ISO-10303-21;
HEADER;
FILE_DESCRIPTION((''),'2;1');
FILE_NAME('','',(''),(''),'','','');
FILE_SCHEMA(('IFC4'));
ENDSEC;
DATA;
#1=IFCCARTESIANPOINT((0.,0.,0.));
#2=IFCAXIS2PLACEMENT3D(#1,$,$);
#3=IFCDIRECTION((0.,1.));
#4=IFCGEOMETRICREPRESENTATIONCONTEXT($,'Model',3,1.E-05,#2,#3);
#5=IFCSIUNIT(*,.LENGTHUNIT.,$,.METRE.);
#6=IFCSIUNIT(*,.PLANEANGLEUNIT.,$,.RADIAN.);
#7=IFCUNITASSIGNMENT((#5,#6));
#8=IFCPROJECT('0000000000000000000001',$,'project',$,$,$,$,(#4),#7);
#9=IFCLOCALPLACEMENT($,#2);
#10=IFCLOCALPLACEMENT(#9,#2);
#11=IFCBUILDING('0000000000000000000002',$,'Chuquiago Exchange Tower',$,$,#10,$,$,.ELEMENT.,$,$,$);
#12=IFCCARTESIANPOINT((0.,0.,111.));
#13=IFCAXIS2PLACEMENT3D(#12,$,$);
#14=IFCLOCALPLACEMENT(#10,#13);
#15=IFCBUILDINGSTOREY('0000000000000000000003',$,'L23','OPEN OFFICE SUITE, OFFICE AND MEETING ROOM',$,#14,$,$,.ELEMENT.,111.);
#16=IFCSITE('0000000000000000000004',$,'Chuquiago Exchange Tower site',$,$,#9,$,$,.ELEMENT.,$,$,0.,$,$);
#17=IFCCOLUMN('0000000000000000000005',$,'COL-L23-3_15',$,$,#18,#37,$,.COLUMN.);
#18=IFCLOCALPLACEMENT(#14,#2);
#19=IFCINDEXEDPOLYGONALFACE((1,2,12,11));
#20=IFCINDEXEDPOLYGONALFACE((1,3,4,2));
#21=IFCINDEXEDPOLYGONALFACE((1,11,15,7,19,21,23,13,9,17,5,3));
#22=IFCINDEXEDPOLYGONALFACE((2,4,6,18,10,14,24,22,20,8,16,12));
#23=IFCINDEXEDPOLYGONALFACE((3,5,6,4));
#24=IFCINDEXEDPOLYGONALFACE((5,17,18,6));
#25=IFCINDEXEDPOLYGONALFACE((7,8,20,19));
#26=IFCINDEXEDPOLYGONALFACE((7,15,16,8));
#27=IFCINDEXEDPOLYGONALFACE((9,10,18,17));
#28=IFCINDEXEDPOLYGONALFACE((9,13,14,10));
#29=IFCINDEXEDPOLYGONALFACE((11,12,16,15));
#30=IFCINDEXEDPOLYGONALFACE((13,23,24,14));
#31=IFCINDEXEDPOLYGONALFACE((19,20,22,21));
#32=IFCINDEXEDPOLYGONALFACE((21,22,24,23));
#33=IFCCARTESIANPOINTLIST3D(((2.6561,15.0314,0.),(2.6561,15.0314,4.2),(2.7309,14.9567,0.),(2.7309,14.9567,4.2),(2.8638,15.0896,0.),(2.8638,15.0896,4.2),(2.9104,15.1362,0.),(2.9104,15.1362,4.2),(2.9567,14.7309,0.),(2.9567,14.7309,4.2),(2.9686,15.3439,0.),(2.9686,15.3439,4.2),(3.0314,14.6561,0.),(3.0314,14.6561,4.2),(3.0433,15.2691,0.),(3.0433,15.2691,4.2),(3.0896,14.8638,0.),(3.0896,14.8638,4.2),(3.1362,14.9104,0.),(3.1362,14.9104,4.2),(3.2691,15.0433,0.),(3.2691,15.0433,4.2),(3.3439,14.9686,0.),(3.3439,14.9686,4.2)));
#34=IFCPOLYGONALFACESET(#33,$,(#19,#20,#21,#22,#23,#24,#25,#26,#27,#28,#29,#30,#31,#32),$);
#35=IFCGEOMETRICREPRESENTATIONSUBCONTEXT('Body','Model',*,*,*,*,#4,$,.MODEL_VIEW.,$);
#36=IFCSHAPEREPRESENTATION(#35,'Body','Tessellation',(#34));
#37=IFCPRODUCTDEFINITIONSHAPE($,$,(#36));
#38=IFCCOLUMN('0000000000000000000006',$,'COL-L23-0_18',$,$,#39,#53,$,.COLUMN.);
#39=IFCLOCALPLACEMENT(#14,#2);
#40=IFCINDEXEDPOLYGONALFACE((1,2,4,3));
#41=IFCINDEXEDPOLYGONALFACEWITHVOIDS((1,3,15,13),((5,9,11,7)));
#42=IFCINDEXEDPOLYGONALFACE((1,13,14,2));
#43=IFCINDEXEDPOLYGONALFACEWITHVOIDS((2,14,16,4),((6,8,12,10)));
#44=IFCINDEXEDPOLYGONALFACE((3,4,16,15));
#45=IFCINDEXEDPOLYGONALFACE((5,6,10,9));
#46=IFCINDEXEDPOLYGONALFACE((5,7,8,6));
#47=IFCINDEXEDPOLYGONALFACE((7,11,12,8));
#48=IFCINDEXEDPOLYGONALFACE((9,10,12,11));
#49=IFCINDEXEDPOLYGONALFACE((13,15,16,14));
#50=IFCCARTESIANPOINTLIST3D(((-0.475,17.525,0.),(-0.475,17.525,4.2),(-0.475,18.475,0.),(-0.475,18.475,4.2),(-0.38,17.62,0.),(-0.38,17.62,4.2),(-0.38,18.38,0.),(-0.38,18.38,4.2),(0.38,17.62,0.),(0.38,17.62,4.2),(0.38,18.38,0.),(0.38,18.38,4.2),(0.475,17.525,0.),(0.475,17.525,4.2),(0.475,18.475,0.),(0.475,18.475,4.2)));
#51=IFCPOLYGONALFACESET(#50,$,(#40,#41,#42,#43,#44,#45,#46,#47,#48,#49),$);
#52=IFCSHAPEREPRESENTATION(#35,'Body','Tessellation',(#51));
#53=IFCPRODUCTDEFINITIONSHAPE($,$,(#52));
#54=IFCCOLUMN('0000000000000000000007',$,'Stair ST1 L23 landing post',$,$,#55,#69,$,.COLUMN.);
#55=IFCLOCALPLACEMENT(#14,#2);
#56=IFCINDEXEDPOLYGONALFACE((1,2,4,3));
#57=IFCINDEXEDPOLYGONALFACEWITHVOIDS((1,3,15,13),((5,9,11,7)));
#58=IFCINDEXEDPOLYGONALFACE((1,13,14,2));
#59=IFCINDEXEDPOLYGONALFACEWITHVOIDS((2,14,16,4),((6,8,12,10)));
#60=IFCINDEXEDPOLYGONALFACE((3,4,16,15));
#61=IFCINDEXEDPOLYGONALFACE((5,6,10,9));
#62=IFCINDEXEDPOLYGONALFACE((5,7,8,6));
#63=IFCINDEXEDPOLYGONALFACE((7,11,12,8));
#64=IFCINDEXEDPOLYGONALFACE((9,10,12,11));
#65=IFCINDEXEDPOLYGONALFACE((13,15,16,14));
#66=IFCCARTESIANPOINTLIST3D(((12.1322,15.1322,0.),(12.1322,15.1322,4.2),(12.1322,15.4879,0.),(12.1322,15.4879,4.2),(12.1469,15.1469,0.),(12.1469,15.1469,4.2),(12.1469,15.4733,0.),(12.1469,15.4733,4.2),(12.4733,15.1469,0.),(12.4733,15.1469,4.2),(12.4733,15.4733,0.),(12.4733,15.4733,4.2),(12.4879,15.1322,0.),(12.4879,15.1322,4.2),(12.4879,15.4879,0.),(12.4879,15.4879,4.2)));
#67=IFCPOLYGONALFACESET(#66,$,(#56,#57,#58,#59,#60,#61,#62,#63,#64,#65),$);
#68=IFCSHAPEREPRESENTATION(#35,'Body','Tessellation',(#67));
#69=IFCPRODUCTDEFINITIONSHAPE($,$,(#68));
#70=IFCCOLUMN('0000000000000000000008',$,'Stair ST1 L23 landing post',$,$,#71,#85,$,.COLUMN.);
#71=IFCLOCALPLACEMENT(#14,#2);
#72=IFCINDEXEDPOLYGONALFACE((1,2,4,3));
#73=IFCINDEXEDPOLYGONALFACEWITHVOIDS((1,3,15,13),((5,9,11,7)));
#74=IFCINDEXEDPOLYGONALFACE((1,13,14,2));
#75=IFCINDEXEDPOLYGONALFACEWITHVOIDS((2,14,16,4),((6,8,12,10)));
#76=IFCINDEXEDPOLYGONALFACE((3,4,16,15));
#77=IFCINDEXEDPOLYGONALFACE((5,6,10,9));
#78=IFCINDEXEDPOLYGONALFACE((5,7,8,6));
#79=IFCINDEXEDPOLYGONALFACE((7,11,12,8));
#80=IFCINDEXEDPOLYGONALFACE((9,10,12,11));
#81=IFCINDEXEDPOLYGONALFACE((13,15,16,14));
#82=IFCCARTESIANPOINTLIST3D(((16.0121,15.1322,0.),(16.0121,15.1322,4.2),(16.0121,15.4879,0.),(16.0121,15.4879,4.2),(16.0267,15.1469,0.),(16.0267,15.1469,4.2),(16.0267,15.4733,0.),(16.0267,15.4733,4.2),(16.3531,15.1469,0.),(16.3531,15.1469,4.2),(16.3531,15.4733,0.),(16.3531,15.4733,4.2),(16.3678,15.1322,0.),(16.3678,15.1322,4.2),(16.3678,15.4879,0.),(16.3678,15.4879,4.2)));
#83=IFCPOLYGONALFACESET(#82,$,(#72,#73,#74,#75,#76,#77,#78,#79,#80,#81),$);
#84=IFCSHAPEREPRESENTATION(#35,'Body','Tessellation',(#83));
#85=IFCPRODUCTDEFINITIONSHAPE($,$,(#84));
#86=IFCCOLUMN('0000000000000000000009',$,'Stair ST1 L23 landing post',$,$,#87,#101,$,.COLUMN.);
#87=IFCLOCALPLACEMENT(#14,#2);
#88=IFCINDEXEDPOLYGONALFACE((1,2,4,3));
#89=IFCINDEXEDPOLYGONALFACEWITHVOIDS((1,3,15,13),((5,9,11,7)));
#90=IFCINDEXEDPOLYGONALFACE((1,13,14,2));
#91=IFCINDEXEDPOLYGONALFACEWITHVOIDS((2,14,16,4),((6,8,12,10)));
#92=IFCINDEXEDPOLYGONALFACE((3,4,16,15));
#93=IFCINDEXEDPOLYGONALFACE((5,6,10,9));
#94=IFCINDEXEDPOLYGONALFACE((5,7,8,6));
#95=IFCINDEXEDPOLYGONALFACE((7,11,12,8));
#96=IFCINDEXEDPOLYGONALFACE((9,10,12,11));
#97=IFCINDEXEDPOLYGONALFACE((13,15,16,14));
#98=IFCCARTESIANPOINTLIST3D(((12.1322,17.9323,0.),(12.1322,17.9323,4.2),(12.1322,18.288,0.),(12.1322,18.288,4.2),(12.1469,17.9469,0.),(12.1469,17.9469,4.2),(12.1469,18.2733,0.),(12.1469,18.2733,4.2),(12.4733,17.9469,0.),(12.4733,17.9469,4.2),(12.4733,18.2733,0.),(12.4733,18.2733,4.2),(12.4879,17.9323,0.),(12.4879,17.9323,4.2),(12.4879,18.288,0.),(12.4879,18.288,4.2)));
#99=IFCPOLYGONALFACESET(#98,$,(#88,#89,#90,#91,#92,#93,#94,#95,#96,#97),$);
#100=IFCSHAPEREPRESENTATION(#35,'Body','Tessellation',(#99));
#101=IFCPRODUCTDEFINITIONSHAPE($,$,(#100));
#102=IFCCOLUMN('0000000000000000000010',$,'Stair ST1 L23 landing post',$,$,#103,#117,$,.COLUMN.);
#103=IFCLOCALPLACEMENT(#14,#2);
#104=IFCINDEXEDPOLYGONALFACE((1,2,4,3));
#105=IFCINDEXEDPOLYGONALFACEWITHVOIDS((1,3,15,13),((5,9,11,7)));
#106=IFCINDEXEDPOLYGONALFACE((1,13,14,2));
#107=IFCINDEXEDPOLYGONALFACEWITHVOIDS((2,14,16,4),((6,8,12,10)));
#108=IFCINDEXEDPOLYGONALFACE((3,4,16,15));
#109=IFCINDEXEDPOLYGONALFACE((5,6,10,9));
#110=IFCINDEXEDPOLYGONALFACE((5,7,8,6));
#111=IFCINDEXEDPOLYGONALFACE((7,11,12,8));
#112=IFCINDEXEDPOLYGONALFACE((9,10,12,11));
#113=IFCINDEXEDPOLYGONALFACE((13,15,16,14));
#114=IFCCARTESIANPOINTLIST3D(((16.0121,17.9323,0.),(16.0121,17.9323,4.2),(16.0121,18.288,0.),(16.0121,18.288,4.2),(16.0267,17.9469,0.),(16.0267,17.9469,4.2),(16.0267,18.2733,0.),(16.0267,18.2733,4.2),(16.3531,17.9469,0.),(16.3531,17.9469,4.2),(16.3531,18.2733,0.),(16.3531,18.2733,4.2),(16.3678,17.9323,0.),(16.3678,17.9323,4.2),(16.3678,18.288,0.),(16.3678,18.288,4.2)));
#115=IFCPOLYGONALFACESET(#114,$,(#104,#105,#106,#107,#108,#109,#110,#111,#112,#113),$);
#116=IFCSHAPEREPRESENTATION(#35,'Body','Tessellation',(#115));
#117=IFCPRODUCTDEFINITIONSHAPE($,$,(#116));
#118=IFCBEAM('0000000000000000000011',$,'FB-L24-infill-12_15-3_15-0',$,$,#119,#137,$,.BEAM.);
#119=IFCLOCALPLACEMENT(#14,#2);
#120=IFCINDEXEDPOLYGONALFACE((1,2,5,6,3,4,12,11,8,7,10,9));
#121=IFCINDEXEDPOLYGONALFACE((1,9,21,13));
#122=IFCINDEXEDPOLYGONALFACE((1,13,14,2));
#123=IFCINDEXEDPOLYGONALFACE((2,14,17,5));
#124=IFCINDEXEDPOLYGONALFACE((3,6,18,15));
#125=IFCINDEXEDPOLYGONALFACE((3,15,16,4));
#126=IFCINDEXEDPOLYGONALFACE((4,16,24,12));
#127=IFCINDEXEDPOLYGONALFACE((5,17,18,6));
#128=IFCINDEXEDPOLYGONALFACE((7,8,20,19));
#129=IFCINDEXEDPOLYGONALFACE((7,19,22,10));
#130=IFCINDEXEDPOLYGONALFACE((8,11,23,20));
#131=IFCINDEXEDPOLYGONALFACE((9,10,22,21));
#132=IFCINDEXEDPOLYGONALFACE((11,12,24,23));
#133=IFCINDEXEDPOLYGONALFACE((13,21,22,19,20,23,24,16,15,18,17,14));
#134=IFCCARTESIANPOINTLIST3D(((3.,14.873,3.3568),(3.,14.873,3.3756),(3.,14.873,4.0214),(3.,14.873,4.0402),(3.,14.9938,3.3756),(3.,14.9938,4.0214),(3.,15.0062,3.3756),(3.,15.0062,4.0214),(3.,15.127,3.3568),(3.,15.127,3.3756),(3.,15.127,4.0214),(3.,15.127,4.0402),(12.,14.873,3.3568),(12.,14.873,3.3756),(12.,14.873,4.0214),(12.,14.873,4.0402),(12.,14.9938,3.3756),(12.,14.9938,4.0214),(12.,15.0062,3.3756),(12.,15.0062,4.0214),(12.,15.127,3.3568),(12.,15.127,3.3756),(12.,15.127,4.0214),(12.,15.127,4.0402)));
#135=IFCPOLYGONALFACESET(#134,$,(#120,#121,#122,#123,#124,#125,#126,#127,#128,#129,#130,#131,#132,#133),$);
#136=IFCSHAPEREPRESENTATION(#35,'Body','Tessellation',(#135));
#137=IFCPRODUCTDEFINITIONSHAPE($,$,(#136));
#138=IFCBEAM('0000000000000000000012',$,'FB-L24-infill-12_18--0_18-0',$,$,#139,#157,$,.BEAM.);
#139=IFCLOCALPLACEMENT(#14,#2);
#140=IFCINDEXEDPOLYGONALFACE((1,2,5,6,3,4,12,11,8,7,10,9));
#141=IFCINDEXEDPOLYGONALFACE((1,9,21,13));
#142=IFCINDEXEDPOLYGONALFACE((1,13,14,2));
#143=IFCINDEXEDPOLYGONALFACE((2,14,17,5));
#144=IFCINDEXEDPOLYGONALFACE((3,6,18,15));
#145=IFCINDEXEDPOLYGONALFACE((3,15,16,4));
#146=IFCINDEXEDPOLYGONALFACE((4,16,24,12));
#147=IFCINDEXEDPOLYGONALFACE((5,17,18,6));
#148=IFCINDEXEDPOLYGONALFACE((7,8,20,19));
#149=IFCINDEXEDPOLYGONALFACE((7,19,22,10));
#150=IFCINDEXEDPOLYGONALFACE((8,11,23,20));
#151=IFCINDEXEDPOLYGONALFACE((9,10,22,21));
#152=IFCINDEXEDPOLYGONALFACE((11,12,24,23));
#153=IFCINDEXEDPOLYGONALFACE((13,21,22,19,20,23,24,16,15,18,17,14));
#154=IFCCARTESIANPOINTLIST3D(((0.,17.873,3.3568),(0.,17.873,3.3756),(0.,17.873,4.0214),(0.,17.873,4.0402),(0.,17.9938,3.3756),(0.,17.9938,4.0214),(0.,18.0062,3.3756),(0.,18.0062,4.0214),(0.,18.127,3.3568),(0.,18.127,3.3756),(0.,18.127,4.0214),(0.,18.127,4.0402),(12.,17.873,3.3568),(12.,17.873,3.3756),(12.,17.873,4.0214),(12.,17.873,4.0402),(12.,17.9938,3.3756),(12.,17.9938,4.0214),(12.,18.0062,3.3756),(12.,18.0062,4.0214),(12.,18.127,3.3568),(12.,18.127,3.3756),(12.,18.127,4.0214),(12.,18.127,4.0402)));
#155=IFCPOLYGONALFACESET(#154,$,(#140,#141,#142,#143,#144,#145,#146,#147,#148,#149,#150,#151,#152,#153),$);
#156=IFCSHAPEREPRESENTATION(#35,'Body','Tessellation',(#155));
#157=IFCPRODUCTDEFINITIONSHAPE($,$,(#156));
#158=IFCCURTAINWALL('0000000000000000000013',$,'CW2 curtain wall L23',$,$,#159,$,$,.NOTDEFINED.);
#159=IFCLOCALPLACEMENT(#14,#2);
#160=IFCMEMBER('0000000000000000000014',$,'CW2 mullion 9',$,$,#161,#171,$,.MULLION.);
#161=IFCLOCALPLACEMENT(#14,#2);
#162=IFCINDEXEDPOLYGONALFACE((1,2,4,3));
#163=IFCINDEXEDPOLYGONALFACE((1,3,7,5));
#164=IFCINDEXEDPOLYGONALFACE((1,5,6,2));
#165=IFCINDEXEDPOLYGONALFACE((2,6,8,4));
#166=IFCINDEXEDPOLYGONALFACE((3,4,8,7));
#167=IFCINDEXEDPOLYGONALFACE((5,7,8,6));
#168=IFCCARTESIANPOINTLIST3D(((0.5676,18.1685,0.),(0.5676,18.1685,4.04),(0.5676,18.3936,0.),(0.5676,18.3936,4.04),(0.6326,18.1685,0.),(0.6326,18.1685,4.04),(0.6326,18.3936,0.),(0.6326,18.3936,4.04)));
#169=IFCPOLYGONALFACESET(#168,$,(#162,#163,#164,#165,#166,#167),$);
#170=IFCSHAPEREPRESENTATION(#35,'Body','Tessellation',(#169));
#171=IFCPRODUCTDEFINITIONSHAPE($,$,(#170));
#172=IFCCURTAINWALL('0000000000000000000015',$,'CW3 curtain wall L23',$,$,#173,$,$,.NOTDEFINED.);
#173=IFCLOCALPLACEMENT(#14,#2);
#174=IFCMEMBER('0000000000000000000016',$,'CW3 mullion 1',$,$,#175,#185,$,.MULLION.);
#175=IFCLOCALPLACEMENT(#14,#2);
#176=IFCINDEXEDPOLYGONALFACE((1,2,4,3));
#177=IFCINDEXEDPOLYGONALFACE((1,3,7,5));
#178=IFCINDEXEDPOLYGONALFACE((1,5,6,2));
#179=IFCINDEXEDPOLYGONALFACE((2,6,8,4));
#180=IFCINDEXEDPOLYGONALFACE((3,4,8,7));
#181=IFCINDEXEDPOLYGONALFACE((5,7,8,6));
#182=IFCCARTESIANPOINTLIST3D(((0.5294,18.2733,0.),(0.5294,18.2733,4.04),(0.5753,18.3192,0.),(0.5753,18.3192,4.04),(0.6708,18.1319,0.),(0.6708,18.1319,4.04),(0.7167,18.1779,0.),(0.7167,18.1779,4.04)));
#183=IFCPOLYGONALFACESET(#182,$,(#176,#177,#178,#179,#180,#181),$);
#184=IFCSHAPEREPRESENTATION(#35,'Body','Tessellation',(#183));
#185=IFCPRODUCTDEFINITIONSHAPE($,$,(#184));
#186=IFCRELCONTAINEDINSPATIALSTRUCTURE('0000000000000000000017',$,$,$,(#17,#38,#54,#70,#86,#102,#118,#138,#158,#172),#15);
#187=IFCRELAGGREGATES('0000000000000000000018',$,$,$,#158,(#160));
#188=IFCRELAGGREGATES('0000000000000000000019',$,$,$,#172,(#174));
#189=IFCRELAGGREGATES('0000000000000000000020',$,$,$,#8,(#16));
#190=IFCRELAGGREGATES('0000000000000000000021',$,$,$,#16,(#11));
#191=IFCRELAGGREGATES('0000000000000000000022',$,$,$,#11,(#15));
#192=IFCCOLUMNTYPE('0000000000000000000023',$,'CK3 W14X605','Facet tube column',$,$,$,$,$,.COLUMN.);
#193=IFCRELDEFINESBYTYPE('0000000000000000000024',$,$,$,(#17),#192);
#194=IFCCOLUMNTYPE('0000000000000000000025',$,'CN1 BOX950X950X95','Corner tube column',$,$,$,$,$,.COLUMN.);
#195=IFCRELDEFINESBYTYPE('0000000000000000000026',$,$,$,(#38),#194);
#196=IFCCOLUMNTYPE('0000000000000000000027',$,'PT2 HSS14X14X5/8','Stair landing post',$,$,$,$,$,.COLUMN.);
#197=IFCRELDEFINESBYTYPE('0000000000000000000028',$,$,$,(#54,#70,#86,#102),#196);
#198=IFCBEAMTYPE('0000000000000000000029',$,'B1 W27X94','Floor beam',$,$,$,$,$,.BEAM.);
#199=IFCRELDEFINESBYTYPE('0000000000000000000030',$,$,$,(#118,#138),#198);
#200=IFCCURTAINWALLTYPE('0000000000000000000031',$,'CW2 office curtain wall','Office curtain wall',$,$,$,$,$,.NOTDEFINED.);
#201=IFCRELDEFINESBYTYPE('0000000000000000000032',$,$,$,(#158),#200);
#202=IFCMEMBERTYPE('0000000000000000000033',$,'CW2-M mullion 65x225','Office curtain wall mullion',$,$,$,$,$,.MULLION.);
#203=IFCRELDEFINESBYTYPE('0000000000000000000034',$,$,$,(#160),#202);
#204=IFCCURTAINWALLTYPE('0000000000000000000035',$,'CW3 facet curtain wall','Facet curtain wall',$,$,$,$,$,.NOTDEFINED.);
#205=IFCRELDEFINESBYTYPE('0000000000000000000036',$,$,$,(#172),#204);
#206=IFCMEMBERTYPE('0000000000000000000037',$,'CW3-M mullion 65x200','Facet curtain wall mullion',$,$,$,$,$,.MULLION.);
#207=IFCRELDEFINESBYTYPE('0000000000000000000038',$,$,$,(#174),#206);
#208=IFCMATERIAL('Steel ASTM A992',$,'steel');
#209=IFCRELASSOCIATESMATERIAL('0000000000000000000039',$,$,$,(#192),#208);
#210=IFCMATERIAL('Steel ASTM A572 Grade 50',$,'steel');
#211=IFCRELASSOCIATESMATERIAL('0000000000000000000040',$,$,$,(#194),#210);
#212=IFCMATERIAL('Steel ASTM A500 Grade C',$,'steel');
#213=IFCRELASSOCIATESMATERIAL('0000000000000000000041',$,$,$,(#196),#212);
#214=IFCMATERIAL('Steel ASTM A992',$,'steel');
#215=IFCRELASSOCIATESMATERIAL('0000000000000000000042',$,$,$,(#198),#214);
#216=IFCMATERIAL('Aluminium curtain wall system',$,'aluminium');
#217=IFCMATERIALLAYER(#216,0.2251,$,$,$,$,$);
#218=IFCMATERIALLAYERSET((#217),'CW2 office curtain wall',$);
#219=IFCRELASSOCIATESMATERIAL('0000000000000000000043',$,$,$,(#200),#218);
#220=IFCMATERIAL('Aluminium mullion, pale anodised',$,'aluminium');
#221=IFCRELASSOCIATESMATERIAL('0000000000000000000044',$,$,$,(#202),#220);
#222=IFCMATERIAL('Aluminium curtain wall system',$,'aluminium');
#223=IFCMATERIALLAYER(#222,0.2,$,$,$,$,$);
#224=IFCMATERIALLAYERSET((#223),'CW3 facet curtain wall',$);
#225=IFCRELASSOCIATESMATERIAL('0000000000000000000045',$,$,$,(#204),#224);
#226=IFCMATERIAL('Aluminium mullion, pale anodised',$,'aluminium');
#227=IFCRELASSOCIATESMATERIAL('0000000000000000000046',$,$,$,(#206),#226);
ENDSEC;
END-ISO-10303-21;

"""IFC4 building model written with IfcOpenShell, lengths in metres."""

from ifc_helpers import new_model, si_unit, direction, frame, origin, origin_2d, place, context, subcontext, project, spatial, rectangle, hollow_rectangle, i_section, extrude, material, layer, layer_set, material_profile, profile_set, type_object, element, aggregate, save


model = new_model("IFC4")

# Units and contexts
model_context = context("Model", 3, precision=1e-05, world=origin(), true_north=direction((0.0, 1.0)))
body_context = subcontext(model_context, "Body", "Model", "MODEL_VIEW")
ifc_project = project(units=[si_unit("LENGTHUNIT", "METRE"), si_unit("PLANEANGLEUNIT", "RADIAN")], contexts=[model_context])

# Site, building, storey
site_placement = place(None, origin())
site = spatial("IfcSite", under=ifc_project, at=site_placement, Name="Chuquiago Exchange Tower site", CompositionType="ELEMENT", RefElevation=0.0)
building_placement = place(site_placement, origin())
building = spatial("IfcBuilding", under=site, at=building_placement, Name="Chuquiago Exchange Tower", CompositionType="ELEMENT")
storey_placement = place(building_placement, frame((0.0, 0.0, 111.0)))
storey = spatial("IfcBuildingStorey", under=building, at=storey_placement, Name="L23", Description="OPEN OFFICE SUITE, OFFICE AND MEETING ROOM", CompositionType="ELEMENT", Elevation=111.0)

# Columns
ifc_material_1 = material(Name="Steel ASTM A992", Category="steel")
ifc_material_profile_1 = material_profile(ifc_material_1, i_section(OverallWidth=0.4419, OverallDepth=0.5308, WebThickness=0.0659, FlangeThickness=0.1057, at=origin_2d()), Name="W14X605")
ifc_profile_set_1 = profile_set([ifc_material_profile_1], Name="Steel ASTM A992")
column_type_1 = type_object("IfcColumnType", Name="CK3 W14X605", Description="Facet tube column", PredefinedType="COLUMN", material=ifc_profile_set_1)
column_1_placement = place(storey_placement, frame((3.0, 15.0, 0.0), z_axis=(0.0, 0.0, 1.0), x_axis=(-0.707107, -0.707107, 0.0)))
element("IfcColumn", 1, at=column_1_placement, inside=storey, type_object=column_type_1, Name="COL-L23-3_15", PredefinedType="COLUMN", context=body_context, shape_type="SweptSolid", body=[
    extrude(i_section(OverallWidth=0.4419, OverallDepth=0.5308, WebThickness=0.0659, FlangeThickness=0.1057, at=origin_2d()), origin(), (0.0, 0.0, 1.0), 4.2),
])
ifc_material_2 = material(Name="Steel ASTM A572 Grade 50", Category="steel")
ifc_material_profile_2 = material_profile(ifc_material_2, hollow_rectangle(XDim=0.95, YDim=0.95, WallThickness=0.095, at=origin_2d()), Name="BOX950X950X95")
ifc_profile_set_2 = profile_set([ifc_material_profile_2], Name="Steel ASTM A572 Grade 50")
column_type_2 = type_object("IfcColumnType", Name="CN1 BOX950X950X95", Description="Corner tube column", PredefinedType="COLUMN", material=ifc_profile_set_2)
column_2_placement = place(storey_placement, frame((0.0, 18.0, 0.0), z_axis=(0.0, 0.0, 1.0), x_axis=(-1.0, 0.0, 0.0)))
element("IfcColumn", 2, at=column_2_placement, inside=storey, type_object=column_type_2, Name="COL-L23-0_18", PredefinedType="COLUMN", context=body_context, shape_type="SweptSolid", body=[
    extrude(hollow_rectangle(XDim=0.95, YDim=0.95, WallThickness=0.095, at=origin_2d()), origin(), (0.0, 0.0, 1.0), 4.2),
])
ifc_material_3 = material(Name="Steel ASTM A500 Grade C", Category="steel")
ifc_material_profile_3 = material_profile(ifc_material_3, hollow_rectangle(XDim=0.3557, YDim=0.3557, WallThickness=0.0146, at=origin_2d()), Name="HSS14X14X5/8")
ifc_profile_set_3 = profile_set([ifc_material_profile_3], Name="Steel ASTM A500 Grade C")
column_type_3 = type_object("IfcColumnType", Name="PT2 HSS14X14X5/8", Description="Stair landing post", PredefinedType="COLUMN", material=ifc_profile_set_3)
for number, where, z_axis, x_axis, name in (
    (3, (12.3101, 15.3101, 0.0), (0.0, 0.0, 1.0), (1.0, 0.0, 0.0), "Stair ST1 L23 landing post"),
    (4, (16.1899, 15.3101, 0.0), (0.0, 0.0, 1.0), (1.0, 0.0, 0.0), "Stair ST1 L23 landing post"),
    (5, (12.3101, 18.1101, 0.0), (0.0, 0.0, 1.0), (1.0, 0.0, 0.0), "Stair ST1 L23 landing post"),
    (6, (16.1899, 18.1101, 0.0), (0.0, 0.0, 1.0), (1.0, 0.0, 0.0), "Stair ST1 L23 landing post"),
):
    element("IfcColumn", number, at=place(storey_placement, frame(where, z_axis=z_axis, x_axis=x_axis)), inside=storey, type_object=column_type_3, Name=name, PredefinedType="COLUMN", context=body_context, shape_type="SweptSolid", body=[
        extrude(hollow_rectangle(XDim=0.3557, YDim=0.3557, WallThickness=0.0146, at=origin_2d()), origin(), (0.0, 0.0, 1.0), 4.2),
    ])

# Beams
ifc_material_4 = material(Name="Steel ASTM A992", Category="steel")
ifc_material_profile_4 = material_profile(ifc_material_4, i_section(OverallWidth=0.2539, OverallDepth=0.6833, WebThickness=0.0125, FlangeThickness=0.0188, at=origin_2d()), Name="W27X94")
ifc_profile_set_4 = profile_set([ifc_material_profile_4], Name="Steel ASTM A992")
beam_type_1 = type_object("IfcBeamType", Name="B1 W27X94", Description="Floor beam", PredefinedType="BEAM", material=ifc_profile_set_4)
beam_1_placement = place(storey_placement, frame((12.0, 15.0, 3.6985), z_axis=(-1.0, 0.0, 0.0), x_axis=(0.0, -1.0, 0.0)))
element("IfcBeam", 7, at=beam_1_placement, inside=storey, type_object=beam_type_1, Name="FB-L24-infill-12_15-3_15-0", PredefinedType="BEAM", context=body_context, shape_type="SweptSolid", body=[
    extrude(i_section(OverallWidth=0.2539, OverallDepth=0.6833, WebThickness=0.0125, FlangeThickness=0.0188, at=origin_2d()), origin(), (0.0, 0.0, 1.0), 9.0),
])
beam_2_placement = place(storey_placement, frame((12.0, 18.0, 3.6985), z_axis=(-1.0, 0.0, 0.0), x_axis=(0.0, -1.0, 0.0)))
element("IfcBeam", 8, at=beam_2_placement, inside=storey, type_object=beam_type_1, Name="FB-L24-infill-12_18--0_18-0", PredefinedType="BEAM", context=body_context, shape_type="SweptSolid", body=[
    extrude(i_section(OverallWidth=0.2539, OverallDepth=0.6833, WebThickness=0.0125, FlangeThickness=0.0188, at=origin_2d()), origin(), (0.0, 0.0, 1.0), 12.0),
])

# Curtain wall, member
ifc_material_5 = material(Name="Aluminium curtain wall system", Category="aluminium")
ifc_layer_1 = layer(ifc_material_5, 0.2251)
ifc_layer_set_1 = layer_set([ifc_layer_1], Name="CW2 office curtain wall")
curtain_wall_type_1 = type_object("IfcCurtainWallType", Name="CW2 office curtain wall", Description="Office curtain wall", PredefinedType="NOTDEFINED", material=ifc_layer_set_1)
curtain_wall_1_placement = place(storey_placement, origin())
curtain_wall_1 = element("IfcCurtainWall", 9, at=curtain_wall_1_placement, inside=storey, type_object=curtain_wall_type_1, Name="CW2 curtain wall L23", PredefinedType="NOTDEFINED")
ifc_material_6 = material(Name="Aluminium mullion, pale anodised", Category="aluminium")
ifc_material_profile_5 = material_profile(ifc_material_6, rectangle(XDim=0.0649, YDim=0.2251, at=origin_2d()), Name="AL 65x225")
ifc_profile_set_5 = profile_set([ifc_material_profile_5], Name="Aluminium mullion, pale anodised")
member_type_1 = type_object("IfcMemberType", Name="CW2-M mullion 65x225", Description="Office curtain wall mullion", PredefinedType="MULLION", material=ifc_profile_set_5)
member_1_placement = place(storey_placement, frame((0.6001, 18.281, 0.0), z_axis=(0.0, 0.0, 1.0), x_axis=(1.0, 0.0, 0.0)))
member_1 = element("IfcMember", 10, at=member_1_placement, type_object=member_type_1, Name="CW2 mullion 9", PredefinedType="MULLION", context=body_context, shape_type="SweptSolid", body=[
    extrude(rectangle(XDim=0.0649, YDim=0.2251, at=origin_2d()), origin(), (0.0, 0.0, 1.0), 4.04),
])
aggregate(curtain_wall_1, [member_1])

# Curtain wall, member
ifc_material_7 = material(Name="Aluminium curtain wall system", Category="aluminium")
ifc_layer_2 = layer(ifc_material_7, 0.2)
ifc_layer_set_2 = layer_set([ifc_layer_2], Name="CW3 facet curtain wall")
curtain_wall_type_2 = type_object("IfcCurtainWallType", Name="CW3 facet curtain wall", Description="Facet curtain wall", PredefinedType="NOTDEFINED", material=ifc_layer_set_2)
curtain_wall_2_placement = place(storey_placement, origin())
curtain_wall_2 = element("IfcCurtainWall", 11, at=curtain_wall_2_placement, inside=storey, type_object=curtain_wall_type_2, Name="CW3 curtain wall L23", PredefinedType="NOTDEFINED")
ifc_material_8 = material(Name="Aluminium mullion, pale anodised", Category="aluminium")
ifc_material_profile_6 = material_profile(ifc_material_8, rectangle(XDim=0.0649, YDim=0.2, at=origin_2d()), Name="AL 65x200")
ifc_profile_set_6 = profile_set([ifc_material_profile_6], Name="Aluminium mullion, pale anodised")
member_type_2 = type_object("IfcMemberType", Name="CW3-M mullion 65x200", Description="Facet curtain wall mullion", PredefinedType="MULLION", material=ifc_profile_set_6)
member_2_placement = place(storey_placement, frame((0.623, 18.2256, 0.0), z_axis=(0.0, 0.0, 1.0), x_axis=(0.707107, 0.707107, 0.0)))
member_2 = element("IfcMember", 12, at=member_2_placement, type_object=member_type_2, Name="CW3 mullion 1", PredefinedType="MULLION", context=body_context, shape_type="SweptSolid", body=[
    extrude(rectangle(XDim=0.0649, YDim=0.2, at=origin_2d()), origin(), (0.0, 0.0, 1.0), 4.04),
])

aggregate(curtain_wall_2, [member_2])

save(model, "model.ifc")
